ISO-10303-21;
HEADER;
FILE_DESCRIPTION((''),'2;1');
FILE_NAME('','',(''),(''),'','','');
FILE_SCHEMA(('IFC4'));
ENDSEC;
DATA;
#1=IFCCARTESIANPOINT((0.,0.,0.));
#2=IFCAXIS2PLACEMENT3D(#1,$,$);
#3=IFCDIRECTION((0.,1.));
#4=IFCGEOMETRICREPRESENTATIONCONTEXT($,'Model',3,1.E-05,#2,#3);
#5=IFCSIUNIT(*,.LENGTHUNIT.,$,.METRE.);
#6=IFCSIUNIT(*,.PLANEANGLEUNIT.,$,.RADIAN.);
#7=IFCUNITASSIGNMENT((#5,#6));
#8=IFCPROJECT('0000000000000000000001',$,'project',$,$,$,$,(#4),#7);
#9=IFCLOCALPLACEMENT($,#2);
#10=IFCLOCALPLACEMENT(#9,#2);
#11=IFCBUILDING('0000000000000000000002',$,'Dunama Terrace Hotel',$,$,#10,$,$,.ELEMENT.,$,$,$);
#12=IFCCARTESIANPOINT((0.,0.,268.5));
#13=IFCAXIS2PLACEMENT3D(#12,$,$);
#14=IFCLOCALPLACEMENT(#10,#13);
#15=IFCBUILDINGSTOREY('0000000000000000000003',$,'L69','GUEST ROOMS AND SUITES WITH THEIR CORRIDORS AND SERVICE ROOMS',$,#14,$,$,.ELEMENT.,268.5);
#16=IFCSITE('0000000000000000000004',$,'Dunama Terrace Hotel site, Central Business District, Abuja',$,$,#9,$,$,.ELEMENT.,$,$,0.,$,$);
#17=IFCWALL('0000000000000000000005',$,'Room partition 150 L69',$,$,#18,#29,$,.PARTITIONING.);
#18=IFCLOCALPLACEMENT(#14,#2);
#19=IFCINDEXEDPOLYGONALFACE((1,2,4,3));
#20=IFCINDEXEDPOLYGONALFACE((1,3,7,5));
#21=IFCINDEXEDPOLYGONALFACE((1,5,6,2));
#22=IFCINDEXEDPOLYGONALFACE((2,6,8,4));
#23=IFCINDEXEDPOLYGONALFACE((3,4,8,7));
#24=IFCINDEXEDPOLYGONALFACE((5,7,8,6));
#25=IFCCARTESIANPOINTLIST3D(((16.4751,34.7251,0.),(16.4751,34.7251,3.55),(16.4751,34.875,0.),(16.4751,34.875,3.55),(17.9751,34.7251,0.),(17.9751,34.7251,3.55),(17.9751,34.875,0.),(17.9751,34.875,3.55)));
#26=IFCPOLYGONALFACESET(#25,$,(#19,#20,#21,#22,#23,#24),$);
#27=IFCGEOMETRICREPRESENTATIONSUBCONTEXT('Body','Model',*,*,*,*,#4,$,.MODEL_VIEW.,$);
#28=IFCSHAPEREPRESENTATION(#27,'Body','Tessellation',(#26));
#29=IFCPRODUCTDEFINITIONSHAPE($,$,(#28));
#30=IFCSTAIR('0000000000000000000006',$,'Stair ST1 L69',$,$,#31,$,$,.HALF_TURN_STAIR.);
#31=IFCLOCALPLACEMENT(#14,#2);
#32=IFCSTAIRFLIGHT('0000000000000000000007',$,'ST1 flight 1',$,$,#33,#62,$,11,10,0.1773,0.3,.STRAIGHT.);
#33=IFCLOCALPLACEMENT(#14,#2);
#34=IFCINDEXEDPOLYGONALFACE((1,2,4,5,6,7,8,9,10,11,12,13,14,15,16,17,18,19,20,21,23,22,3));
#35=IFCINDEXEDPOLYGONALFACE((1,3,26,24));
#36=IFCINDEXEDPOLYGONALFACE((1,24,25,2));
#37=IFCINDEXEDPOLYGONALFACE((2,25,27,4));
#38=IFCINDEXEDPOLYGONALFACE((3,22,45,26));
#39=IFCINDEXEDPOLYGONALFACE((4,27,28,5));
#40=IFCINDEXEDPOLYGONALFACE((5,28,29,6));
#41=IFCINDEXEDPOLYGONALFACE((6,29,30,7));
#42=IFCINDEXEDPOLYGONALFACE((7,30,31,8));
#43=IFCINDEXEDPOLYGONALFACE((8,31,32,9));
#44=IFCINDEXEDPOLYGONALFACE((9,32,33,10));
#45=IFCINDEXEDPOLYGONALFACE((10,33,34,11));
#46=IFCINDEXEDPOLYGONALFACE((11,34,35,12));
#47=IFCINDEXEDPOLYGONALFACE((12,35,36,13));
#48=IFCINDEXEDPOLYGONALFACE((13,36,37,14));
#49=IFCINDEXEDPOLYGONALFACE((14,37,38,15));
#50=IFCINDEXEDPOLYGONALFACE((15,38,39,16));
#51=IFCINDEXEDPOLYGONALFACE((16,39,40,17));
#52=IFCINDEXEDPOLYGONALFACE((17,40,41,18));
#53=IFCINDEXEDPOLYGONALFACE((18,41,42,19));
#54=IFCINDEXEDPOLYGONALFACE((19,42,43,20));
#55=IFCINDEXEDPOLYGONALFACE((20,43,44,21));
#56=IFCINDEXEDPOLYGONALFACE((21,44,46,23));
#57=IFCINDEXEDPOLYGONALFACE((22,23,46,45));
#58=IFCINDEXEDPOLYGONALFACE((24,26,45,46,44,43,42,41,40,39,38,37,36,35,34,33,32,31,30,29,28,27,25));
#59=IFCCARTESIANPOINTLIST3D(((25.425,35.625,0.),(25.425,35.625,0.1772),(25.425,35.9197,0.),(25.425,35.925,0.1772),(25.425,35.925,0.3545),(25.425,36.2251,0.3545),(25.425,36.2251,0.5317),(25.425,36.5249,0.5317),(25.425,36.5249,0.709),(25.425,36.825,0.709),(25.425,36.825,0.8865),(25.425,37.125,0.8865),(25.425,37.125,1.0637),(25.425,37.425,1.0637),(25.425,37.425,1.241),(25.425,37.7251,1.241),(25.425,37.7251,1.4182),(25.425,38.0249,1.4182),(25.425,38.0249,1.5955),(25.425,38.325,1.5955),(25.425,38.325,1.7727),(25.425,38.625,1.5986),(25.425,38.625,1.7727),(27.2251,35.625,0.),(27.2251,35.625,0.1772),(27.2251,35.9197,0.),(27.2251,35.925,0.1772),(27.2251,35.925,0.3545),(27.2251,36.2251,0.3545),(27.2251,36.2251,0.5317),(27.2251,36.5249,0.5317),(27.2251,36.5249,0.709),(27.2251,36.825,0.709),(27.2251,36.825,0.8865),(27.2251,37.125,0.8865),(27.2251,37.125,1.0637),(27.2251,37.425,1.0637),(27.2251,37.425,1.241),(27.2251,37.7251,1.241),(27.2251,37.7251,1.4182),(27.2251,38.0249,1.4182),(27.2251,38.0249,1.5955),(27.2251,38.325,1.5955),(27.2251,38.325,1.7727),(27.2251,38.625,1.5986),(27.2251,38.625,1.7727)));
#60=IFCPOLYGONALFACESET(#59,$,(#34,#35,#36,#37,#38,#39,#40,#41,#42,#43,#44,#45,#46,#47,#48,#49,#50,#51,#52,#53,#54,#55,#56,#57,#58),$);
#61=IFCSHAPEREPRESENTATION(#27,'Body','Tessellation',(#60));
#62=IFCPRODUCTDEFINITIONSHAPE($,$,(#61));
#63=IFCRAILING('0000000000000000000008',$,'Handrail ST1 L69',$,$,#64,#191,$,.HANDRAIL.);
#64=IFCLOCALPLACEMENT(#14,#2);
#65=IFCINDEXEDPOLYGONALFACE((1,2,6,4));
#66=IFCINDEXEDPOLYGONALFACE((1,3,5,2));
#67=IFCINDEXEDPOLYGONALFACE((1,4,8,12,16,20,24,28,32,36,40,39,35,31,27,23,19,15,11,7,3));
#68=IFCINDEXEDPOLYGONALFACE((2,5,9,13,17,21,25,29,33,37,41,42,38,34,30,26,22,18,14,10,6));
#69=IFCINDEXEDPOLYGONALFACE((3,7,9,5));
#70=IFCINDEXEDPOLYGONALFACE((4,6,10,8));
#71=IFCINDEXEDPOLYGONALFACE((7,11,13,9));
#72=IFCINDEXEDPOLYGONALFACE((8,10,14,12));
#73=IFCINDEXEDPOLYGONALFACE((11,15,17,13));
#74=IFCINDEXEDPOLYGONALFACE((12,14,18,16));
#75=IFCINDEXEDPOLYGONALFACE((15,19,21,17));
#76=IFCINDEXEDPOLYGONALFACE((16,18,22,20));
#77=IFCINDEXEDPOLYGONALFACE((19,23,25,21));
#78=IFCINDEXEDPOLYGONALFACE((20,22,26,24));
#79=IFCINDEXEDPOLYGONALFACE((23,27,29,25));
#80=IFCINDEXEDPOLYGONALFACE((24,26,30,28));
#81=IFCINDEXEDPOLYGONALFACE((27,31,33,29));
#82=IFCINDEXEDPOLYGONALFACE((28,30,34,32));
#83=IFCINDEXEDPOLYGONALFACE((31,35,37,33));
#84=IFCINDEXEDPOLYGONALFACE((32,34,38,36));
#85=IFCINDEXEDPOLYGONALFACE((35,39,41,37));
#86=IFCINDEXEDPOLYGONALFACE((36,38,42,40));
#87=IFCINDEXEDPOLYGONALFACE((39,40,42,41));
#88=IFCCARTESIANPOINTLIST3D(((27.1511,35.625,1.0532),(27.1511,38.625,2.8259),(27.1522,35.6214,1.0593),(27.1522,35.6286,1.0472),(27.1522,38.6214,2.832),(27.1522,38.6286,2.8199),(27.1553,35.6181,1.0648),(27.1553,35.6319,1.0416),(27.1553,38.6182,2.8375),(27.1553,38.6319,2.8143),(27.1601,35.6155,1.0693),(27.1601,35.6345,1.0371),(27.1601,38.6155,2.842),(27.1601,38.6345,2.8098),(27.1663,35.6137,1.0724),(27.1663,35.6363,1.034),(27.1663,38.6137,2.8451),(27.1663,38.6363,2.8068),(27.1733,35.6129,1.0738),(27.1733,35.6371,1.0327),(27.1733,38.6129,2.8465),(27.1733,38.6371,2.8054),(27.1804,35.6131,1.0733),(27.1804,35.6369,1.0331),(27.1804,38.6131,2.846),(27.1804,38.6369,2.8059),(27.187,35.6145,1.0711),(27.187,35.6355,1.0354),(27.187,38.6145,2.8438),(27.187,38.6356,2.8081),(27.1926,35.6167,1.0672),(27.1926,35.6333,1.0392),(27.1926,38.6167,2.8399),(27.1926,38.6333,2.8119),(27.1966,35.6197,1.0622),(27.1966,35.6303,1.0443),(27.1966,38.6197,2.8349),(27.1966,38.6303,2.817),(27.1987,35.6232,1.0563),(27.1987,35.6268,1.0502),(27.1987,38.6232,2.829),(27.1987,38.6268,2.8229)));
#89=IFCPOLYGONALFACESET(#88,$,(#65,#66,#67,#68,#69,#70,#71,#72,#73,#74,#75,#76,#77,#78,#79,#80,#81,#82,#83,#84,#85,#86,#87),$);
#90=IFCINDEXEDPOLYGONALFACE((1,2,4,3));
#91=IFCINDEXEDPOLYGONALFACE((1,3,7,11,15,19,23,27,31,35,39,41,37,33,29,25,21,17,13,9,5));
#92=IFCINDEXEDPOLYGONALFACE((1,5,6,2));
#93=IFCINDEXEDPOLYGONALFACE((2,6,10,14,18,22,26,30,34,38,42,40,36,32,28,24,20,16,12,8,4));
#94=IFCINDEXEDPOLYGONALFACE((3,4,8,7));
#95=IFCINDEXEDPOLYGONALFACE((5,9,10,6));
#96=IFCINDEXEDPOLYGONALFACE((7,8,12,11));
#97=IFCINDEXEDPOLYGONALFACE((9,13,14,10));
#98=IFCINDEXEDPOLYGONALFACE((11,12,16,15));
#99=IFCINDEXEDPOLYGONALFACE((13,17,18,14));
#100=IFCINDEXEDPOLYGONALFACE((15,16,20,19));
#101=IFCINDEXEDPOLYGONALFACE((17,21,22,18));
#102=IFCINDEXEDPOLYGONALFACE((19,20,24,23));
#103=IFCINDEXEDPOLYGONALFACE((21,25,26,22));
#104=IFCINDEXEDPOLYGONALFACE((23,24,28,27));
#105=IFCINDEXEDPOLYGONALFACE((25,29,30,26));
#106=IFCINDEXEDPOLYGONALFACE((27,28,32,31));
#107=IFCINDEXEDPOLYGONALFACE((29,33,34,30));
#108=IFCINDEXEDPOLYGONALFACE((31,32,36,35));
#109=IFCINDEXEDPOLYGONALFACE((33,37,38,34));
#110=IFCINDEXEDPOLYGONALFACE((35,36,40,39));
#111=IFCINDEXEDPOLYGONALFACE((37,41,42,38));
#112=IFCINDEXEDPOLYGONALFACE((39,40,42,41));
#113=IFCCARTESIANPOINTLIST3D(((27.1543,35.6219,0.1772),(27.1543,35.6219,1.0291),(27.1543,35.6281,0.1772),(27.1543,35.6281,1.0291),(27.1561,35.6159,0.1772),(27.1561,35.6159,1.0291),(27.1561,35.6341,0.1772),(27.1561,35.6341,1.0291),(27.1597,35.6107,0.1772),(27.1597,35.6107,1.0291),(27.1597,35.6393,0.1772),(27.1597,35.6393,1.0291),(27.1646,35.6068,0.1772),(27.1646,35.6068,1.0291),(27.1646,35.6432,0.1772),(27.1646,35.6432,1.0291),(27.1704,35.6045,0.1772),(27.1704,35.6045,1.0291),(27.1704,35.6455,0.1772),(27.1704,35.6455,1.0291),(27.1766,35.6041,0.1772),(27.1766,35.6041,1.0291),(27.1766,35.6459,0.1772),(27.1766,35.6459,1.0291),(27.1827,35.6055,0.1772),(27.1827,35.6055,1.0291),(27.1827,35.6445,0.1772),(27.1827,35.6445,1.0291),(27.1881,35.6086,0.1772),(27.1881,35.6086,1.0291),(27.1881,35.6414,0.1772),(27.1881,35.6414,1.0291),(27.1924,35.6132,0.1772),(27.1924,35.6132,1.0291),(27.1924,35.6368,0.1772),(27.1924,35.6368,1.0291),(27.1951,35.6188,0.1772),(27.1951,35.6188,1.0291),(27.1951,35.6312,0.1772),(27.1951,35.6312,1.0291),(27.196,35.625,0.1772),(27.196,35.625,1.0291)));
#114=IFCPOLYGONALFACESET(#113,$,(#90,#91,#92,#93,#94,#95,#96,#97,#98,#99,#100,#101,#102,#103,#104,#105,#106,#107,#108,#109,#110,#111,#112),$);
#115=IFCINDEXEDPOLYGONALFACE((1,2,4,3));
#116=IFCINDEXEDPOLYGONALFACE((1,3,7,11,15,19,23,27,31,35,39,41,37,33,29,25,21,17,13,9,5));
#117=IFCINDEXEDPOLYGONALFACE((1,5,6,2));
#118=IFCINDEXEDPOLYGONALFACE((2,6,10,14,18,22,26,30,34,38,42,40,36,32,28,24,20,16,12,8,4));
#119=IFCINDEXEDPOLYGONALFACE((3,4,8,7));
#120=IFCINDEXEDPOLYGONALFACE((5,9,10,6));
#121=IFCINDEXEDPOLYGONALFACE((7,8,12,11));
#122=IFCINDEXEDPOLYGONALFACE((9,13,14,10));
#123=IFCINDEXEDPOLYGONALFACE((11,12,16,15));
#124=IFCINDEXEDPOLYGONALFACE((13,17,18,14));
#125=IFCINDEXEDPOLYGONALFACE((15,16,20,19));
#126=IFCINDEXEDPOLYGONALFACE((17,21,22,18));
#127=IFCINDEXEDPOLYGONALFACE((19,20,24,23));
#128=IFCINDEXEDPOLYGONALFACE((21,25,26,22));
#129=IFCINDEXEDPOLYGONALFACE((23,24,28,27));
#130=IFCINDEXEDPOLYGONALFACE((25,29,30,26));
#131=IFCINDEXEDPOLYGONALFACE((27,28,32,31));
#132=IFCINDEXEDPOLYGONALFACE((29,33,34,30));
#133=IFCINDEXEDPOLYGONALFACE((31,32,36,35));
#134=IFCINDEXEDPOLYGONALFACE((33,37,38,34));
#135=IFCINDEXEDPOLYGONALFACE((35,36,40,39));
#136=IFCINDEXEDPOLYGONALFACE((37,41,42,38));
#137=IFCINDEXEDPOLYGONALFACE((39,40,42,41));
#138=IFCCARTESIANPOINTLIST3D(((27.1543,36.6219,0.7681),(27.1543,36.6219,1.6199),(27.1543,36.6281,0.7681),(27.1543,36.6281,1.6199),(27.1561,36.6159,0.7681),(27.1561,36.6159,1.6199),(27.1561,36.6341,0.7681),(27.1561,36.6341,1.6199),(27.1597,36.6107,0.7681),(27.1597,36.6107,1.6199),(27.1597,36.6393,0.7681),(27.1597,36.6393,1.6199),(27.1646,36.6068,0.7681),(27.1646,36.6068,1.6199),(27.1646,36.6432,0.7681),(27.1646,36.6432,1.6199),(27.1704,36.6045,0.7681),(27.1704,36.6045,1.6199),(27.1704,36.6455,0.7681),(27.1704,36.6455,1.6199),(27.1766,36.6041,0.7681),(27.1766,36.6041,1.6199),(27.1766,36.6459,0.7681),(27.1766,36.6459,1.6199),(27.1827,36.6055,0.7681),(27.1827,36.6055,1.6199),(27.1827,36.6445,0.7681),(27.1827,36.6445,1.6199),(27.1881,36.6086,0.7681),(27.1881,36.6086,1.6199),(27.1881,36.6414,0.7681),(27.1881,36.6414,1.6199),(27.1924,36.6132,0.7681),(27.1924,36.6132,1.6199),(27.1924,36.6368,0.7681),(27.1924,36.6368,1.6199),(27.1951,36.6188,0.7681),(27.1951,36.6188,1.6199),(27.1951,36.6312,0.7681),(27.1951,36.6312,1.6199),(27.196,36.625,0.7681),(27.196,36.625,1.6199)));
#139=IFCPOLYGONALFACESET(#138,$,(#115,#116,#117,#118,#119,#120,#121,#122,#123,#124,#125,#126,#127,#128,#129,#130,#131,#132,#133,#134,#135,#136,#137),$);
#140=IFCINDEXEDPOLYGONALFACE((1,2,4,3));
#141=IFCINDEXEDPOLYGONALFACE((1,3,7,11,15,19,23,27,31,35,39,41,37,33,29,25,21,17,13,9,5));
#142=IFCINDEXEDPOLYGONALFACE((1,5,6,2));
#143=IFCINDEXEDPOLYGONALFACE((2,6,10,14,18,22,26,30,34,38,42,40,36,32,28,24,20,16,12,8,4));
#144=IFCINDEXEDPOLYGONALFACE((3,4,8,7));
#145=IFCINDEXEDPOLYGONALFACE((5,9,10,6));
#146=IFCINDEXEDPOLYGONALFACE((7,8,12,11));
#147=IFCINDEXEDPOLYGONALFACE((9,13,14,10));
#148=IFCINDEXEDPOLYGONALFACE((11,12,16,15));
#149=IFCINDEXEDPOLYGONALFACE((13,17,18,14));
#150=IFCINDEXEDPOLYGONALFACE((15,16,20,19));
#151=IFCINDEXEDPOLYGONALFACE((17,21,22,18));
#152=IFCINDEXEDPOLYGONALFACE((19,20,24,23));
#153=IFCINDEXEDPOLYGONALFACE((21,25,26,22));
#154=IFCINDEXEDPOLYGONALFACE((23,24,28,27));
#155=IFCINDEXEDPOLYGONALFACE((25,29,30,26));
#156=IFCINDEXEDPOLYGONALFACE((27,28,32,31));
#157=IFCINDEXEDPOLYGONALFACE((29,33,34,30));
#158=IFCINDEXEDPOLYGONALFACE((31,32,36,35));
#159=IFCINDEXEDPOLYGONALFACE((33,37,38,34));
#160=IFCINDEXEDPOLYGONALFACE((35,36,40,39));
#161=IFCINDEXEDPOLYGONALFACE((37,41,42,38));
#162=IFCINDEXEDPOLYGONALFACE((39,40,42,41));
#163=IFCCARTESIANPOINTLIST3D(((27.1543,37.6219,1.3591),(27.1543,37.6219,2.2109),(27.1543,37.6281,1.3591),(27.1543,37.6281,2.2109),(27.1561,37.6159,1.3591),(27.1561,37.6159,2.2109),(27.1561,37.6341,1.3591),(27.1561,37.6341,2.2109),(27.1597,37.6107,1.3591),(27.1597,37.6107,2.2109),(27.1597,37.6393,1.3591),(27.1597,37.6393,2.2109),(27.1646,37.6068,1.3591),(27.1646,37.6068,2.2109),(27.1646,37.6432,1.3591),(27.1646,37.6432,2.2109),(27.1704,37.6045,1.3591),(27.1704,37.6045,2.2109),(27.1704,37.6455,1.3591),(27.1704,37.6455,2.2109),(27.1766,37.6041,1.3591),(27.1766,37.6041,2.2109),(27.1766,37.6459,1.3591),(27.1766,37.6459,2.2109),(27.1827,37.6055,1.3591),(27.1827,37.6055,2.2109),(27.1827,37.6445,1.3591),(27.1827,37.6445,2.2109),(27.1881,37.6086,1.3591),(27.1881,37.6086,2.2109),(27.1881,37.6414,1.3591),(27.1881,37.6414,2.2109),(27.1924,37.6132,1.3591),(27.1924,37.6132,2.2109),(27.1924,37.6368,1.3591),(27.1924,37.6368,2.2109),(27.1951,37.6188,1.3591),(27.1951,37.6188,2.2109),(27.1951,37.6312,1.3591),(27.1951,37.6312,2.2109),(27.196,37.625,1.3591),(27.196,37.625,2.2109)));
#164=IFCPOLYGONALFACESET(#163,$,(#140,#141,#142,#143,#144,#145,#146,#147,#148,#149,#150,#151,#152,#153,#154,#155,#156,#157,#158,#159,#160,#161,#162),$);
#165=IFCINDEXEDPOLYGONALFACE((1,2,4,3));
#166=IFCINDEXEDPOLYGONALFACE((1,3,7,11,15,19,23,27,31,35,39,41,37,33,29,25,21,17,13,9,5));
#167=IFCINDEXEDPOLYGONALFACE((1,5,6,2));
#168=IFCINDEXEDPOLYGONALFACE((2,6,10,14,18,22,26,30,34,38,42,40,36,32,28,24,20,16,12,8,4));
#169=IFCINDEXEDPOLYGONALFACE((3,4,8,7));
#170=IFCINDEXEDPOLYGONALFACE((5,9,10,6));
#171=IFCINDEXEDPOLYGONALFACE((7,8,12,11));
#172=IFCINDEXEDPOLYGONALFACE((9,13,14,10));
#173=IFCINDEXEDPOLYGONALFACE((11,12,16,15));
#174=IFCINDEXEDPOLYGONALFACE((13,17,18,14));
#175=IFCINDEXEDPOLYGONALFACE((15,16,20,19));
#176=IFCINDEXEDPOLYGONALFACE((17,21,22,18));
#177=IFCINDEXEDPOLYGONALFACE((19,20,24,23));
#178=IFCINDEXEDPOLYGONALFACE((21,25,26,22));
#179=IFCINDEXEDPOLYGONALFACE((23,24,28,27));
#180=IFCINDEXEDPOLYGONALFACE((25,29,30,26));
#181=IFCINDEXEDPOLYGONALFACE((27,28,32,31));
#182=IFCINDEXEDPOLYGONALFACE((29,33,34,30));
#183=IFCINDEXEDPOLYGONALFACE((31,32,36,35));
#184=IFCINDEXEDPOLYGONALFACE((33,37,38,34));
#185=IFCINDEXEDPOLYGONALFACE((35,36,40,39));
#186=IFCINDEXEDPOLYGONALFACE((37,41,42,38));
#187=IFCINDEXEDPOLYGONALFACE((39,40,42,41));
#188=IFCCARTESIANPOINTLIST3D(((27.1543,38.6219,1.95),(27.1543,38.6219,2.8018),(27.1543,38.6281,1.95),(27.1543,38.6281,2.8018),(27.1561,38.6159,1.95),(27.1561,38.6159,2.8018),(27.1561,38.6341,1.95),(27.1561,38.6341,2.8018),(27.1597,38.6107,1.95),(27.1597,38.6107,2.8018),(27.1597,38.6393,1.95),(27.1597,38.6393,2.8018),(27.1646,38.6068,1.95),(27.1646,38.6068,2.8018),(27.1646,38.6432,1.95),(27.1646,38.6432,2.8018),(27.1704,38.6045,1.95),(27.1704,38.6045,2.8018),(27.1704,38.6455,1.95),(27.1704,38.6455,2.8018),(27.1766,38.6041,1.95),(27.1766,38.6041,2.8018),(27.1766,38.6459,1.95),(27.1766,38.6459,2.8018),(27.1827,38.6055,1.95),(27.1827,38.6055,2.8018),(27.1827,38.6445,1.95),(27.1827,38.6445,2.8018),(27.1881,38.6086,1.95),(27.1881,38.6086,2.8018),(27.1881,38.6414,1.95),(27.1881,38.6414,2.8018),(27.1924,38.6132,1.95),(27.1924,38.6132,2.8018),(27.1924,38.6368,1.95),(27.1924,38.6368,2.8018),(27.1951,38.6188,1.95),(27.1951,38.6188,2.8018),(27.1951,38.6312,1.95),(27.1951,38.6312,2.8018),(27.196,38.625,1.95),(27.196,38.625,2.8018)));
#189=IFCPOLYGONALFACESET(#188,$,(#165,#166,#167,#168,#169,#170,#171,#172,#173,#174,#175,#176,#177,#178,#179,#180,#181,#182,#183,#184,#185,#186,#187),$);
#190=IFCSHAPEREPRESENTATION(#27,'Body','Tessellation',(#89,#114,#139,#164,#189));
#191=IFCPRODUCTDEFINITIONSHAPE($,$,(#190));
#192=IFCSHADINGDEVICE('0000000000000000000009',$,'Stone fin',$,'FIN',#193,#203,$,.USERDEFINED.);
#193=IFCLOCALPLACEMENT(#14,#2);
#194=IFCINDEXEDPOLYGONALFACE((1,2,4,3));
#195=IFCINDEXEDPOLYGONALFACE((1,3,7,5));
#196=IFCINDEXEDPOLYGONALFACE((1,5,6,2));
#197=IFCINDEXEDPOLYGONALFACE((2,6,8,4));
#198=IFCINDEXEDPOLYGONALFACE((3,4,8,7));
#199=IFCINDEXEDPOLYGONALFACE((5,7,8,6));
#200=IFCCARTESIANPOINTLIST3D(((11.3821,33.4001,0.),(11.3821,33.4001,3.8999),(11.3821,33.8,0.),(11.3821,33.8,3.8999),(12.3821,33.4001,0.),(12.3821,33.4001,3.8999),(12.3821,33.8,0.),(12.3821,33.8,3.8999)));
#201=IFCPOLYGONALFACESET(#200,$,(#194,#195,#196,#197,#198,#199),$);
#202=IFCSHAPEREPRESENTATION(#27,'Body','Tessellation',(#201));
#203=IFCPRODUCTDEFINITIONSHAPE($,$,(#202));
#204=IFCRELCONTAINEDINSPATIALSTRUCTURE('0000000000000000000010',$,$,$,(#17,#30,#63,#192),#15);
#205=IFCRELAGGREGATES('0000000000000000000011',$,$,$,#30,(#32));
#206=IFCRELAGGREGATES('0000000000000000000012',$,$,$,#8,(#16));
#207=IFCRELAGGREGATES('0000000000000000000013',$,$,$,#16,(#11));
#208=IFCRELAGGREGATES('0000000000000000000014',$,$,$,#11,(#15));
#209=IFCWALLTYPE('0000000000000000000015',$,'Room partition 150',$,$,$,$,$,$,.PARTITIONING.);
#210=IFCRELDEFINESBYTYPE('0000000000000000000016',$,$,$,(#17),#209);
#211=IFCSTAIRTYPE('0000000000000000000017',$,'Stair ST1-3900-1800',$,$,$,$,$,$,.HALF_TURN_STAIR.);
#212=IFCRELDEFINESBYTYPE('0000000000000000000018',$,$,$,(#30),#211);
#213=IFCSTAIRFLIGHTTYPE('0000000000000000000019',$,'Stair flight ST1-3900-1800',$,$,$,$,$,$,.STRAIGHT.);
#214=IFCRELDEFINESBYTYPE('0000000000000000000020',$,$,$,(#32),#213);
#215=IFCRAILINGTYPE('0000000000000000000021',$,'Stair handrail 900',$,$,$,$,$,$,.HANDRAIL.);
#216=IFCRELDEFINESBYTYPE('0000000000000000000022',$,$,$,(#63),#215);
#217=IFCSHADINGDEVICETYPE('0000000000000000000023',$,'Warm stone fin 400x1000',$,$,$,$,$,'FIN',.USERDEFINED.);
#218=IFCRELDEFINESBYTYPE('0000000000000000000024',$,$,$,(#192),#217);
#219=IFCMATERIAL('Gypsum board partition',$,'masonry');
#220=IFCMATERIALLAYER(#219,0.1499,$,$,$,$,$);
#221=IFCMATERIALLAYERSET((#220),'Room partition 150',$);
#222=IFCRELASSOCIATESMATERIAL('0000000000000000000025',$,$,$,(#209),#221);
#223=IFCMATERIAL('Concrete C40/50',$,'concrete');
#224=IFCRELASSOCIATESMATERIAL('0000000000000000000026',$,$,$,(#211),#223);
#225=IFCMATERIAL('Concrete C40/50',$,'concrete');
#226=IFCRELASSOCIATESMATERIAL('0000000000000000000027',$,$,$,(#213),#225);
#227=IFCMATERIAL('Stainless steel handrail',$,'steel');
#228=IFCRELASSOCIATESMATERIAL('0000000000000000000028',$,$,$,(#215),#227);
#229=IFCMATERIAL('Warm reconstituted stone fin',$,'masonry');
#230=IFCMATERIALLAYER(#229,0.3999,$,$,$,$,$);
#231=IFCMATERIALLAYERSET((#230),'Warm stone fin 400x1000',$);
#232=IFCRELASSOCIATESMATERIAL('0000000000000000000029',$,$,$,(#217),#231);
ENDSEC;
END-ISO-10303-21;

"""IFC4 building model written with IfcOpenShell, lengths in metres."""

from ifc_helpers import new_model, si_unit, direction, frame, frame_2d, origin, origin_2d, place, context, subcontext, project, spatial, polyline, rectangle, circle, outline, extrude, material, layer, layer_set, type_object, element, aggregate, save


model = new_model("IFC4")

# Units and contexts
model_context = context("Model", 3, precision=1e-05, world=origin(), true_north=direction((0.0, 1.0)))
body_context = subcontext(model_context, "Body", "Model", "MODEL_VIEW")
ifc_project = project(units=[si_unit("LENGTHUNIT", "METRE"), si_unit("PLANEANGLEUNIT", "RADIAN")], contexts=[model_context])

# Site, building, storey
site_placement = place(None, origin())
site = spatial("IfcSite", under=ifc_project, at=site_placement, Name="Dunama Terrace Hotel site, Central Business District, Abuja", CompositionType="ELEMENT", RefElevation=0.0)
building_placement = place(site_placement, origin())
building = spatial("IfcBuilding", under=site, at=building_placement, Name="Dunama Terrace Hotel", CompositionType="ELEMENT")
storey_placement = place(building_placement, frame((0.0, 0.0, 268.5)))
storey = spatial("IfcBuildingStorey", under=building, at=storey_placement, Name="L69", Description="GUEST ROOMS AND SUITES WITH THEIR CORRIDORS AND SERVICE ROOMS", CompositionType="ELEMENT", Elevation=268.5)

# Shared definitions
ifc_material_1 = material(Name="Gypsum board partition", Category="masonry")
ifc_layer_1 = layer(ifc_material_1, 0.1499)
ifc_layer_set_1 = layer_set([ifc_layer_1], Name="Room partition 150")
wall_type_1 = type_object("IfcWallType", Name="Room partition 150", PredefinedType="PARTITIONING", material=ifc_layer_set_1)

# Wall
wall_1_placement = place(storey_placement, frame((16.4751, 34.8, 0.0), z_axis=(0.0, 0.0, 1.0), x_axis=(1.0, 0.0, 0.0)))
element("IfcWall", 1, at=wall_1_placement, inside=storey, type_object=wall_type_1, Name="Room partition 150 L69", PredefinedType="PARTITIONING", context=body_context, shape_type="SweptSolid", body=[
    extrude(rectangle(XDim=1.5, YDim=0.1499, at=frame_2d((0.75, 0.0))), origin(), (0.0, 0.0, 1.0), 3.55),
])

# Stair, stair flight
ifc_material_2 = material(Name="Concrete C40/50", Category="concrete")
stair_type = type_object("IfcStairType", Name="Stair ST1-3900-1800", PredefinedType="HALF_TURN_STAIR", material=ifc_material_2)
stair_placement = place(storey_placement, origin())
stair = element("IfcStair", 2, at=stair_placement, inside=storey, type_object=stair_type, Name="Stair ST1 L69", PredefinedType="HALF_TURN_STAIR")
ifc_material_3 = material(Name="Concrete C40/50", Category="concrete")
stair_flight_type = type_object("IfcStairFlightType", Name="Stair flight ST1-3900-1800", PredefinedType="STRAIGHT", material=ifc_material_3)
stair_flight_placement = place(storey_placement, frame((26.325, 35.625, 0.0), z_axis=(0.0, 0.0, 1.0), x_axis=(0.0, 1.0, 0.0)))
stair_flight = element("IfcStairFlight", 3, at=stair_flight_placement, type_object=stair_flight_type, Name="ST1 flight 1", NumberOfRisers=11, NumberOfTreads=10, PredefinedType="STRAIGHT", RiserHeight=0.1773, TreadLength=0.3, context=body_context, shape_type="SweptSolid", body=[
    extrude(outline(polyline([(0.0, 0.0), (0.0, 0.1772), (0.3, 0.1772), (0.3, 0.3545), (0.6001, 0.3545), (0.6001, 0.5317), (0.8999, 0.5317), (0.8999, 0.709), (1.2, 0.709), (1.2, 0.8865), (1.5, 0.8865), (1.5, 1.0637), (1.8, 1.0637), (1.8, 1.241), (2.1001, 1.241), (2.1001, 1.4182), (2.3999, 1.4182), (2.3999, 1.5955), (2.7, 1.5955), (2.7, 1.7727), (3.0, 1.7727), (3.0, 1.95), (3.0, 1.5986), (0.2947, 0.0), (0.0, 0.0)])), frame((0.0, 0.8999, 0.0), z_axis=(0.0, -1.0, 0.0), x_axis=(1.0, 0.0, 0.0)), (0.0, 0.0, 1.0), 1.8),
])
aggregate(stair, [stair_flight])

# Railing
ifc_material_4 = material(Name="Stainless steel handrail", Category="steel")
railing_type = type_object("IfcRailingType", Name="Stair handrail 900", PredefinedType="HANDRAIL", material=ifc_material_4)
railing_placement = place(storey_placement, frame((27.175, 35.625, 0.1772)))
element("IfcRailing", 4, at=railing_placement, inside=storey, type_object=railing_type, Name="Handrail ST1 L69", PredefinedType="HANDRAIL", context=body_context, shape_type="SweptSolid", body=[
    extrude(circle(Radius=0.0239, at=origin_2d()), frame((0.0, 0.0, 0.876), z_axis=(0.0, 0.860929, 0.508725), x_axis=(-1.0, 0.0, 0.0)), (0.0, 0.0, 1.0), 3.4846),
    extrude(circle(Radius=0.021, at=origin_2d()), origin(), (0.0, 0.0, 1.0), 0.8518),
    extrude(circle(Radius=0.021, at=origin_2d()), frame((0.0, 1.0, 0.5908)), (0.0, 0.0, 1.0), 0.8518),
    extrude(circle(Radius=0.021, at=origin_2d()), frame((0.0, 2.0, 1.1819)), (0.0, 0.0, 1.0), 0.8518),
    extrude(circle(Radius=0.021, at=origin_2d()), frame((0.0, 3.0, 1.7727)), (0.0, 0.0, 1.0), 0.8518),
])

# Shading device
ifc_material_5 = material(Name="Warm reconstituted stone fin", Category="masonry")
ifc_layer_2 = layer(ifc_material_5, 0.3999)
ifc_layer_set_2 = layer_set([ifc_layer_2], Name="Warm stone fin 400x1000")
shading_device_type = type_object("IfcShadingDeviceType", Name="Warm stone fin 400x1000", ElementType="FIN", PredefinedType="USERDEFINED", material=ifc_layer_set_2)
shading_device_placement = place(storey_placement, frame((11.8821, 33.6001, 0.0), z_axis=(0.0, 0.0, 1.0), x_axis=(0.0, -1.0, 0.0)))
element("IfcShadingDevice", 5, at=shading_device_placement, inside=storey, type_object=shading_device_type, Name="Stone fin", ObjectType="FIN", PredefinedType="USERDEFINED", context=body_context, shape_type="SweptSolid", body=[
    extrude(rectangle(XDim=0.3999, YDim=1.0, at=origin_2d()), origin(), (0.0, 0.0, 1.0), 3.8999),
])

save(model, "model.ifc")
